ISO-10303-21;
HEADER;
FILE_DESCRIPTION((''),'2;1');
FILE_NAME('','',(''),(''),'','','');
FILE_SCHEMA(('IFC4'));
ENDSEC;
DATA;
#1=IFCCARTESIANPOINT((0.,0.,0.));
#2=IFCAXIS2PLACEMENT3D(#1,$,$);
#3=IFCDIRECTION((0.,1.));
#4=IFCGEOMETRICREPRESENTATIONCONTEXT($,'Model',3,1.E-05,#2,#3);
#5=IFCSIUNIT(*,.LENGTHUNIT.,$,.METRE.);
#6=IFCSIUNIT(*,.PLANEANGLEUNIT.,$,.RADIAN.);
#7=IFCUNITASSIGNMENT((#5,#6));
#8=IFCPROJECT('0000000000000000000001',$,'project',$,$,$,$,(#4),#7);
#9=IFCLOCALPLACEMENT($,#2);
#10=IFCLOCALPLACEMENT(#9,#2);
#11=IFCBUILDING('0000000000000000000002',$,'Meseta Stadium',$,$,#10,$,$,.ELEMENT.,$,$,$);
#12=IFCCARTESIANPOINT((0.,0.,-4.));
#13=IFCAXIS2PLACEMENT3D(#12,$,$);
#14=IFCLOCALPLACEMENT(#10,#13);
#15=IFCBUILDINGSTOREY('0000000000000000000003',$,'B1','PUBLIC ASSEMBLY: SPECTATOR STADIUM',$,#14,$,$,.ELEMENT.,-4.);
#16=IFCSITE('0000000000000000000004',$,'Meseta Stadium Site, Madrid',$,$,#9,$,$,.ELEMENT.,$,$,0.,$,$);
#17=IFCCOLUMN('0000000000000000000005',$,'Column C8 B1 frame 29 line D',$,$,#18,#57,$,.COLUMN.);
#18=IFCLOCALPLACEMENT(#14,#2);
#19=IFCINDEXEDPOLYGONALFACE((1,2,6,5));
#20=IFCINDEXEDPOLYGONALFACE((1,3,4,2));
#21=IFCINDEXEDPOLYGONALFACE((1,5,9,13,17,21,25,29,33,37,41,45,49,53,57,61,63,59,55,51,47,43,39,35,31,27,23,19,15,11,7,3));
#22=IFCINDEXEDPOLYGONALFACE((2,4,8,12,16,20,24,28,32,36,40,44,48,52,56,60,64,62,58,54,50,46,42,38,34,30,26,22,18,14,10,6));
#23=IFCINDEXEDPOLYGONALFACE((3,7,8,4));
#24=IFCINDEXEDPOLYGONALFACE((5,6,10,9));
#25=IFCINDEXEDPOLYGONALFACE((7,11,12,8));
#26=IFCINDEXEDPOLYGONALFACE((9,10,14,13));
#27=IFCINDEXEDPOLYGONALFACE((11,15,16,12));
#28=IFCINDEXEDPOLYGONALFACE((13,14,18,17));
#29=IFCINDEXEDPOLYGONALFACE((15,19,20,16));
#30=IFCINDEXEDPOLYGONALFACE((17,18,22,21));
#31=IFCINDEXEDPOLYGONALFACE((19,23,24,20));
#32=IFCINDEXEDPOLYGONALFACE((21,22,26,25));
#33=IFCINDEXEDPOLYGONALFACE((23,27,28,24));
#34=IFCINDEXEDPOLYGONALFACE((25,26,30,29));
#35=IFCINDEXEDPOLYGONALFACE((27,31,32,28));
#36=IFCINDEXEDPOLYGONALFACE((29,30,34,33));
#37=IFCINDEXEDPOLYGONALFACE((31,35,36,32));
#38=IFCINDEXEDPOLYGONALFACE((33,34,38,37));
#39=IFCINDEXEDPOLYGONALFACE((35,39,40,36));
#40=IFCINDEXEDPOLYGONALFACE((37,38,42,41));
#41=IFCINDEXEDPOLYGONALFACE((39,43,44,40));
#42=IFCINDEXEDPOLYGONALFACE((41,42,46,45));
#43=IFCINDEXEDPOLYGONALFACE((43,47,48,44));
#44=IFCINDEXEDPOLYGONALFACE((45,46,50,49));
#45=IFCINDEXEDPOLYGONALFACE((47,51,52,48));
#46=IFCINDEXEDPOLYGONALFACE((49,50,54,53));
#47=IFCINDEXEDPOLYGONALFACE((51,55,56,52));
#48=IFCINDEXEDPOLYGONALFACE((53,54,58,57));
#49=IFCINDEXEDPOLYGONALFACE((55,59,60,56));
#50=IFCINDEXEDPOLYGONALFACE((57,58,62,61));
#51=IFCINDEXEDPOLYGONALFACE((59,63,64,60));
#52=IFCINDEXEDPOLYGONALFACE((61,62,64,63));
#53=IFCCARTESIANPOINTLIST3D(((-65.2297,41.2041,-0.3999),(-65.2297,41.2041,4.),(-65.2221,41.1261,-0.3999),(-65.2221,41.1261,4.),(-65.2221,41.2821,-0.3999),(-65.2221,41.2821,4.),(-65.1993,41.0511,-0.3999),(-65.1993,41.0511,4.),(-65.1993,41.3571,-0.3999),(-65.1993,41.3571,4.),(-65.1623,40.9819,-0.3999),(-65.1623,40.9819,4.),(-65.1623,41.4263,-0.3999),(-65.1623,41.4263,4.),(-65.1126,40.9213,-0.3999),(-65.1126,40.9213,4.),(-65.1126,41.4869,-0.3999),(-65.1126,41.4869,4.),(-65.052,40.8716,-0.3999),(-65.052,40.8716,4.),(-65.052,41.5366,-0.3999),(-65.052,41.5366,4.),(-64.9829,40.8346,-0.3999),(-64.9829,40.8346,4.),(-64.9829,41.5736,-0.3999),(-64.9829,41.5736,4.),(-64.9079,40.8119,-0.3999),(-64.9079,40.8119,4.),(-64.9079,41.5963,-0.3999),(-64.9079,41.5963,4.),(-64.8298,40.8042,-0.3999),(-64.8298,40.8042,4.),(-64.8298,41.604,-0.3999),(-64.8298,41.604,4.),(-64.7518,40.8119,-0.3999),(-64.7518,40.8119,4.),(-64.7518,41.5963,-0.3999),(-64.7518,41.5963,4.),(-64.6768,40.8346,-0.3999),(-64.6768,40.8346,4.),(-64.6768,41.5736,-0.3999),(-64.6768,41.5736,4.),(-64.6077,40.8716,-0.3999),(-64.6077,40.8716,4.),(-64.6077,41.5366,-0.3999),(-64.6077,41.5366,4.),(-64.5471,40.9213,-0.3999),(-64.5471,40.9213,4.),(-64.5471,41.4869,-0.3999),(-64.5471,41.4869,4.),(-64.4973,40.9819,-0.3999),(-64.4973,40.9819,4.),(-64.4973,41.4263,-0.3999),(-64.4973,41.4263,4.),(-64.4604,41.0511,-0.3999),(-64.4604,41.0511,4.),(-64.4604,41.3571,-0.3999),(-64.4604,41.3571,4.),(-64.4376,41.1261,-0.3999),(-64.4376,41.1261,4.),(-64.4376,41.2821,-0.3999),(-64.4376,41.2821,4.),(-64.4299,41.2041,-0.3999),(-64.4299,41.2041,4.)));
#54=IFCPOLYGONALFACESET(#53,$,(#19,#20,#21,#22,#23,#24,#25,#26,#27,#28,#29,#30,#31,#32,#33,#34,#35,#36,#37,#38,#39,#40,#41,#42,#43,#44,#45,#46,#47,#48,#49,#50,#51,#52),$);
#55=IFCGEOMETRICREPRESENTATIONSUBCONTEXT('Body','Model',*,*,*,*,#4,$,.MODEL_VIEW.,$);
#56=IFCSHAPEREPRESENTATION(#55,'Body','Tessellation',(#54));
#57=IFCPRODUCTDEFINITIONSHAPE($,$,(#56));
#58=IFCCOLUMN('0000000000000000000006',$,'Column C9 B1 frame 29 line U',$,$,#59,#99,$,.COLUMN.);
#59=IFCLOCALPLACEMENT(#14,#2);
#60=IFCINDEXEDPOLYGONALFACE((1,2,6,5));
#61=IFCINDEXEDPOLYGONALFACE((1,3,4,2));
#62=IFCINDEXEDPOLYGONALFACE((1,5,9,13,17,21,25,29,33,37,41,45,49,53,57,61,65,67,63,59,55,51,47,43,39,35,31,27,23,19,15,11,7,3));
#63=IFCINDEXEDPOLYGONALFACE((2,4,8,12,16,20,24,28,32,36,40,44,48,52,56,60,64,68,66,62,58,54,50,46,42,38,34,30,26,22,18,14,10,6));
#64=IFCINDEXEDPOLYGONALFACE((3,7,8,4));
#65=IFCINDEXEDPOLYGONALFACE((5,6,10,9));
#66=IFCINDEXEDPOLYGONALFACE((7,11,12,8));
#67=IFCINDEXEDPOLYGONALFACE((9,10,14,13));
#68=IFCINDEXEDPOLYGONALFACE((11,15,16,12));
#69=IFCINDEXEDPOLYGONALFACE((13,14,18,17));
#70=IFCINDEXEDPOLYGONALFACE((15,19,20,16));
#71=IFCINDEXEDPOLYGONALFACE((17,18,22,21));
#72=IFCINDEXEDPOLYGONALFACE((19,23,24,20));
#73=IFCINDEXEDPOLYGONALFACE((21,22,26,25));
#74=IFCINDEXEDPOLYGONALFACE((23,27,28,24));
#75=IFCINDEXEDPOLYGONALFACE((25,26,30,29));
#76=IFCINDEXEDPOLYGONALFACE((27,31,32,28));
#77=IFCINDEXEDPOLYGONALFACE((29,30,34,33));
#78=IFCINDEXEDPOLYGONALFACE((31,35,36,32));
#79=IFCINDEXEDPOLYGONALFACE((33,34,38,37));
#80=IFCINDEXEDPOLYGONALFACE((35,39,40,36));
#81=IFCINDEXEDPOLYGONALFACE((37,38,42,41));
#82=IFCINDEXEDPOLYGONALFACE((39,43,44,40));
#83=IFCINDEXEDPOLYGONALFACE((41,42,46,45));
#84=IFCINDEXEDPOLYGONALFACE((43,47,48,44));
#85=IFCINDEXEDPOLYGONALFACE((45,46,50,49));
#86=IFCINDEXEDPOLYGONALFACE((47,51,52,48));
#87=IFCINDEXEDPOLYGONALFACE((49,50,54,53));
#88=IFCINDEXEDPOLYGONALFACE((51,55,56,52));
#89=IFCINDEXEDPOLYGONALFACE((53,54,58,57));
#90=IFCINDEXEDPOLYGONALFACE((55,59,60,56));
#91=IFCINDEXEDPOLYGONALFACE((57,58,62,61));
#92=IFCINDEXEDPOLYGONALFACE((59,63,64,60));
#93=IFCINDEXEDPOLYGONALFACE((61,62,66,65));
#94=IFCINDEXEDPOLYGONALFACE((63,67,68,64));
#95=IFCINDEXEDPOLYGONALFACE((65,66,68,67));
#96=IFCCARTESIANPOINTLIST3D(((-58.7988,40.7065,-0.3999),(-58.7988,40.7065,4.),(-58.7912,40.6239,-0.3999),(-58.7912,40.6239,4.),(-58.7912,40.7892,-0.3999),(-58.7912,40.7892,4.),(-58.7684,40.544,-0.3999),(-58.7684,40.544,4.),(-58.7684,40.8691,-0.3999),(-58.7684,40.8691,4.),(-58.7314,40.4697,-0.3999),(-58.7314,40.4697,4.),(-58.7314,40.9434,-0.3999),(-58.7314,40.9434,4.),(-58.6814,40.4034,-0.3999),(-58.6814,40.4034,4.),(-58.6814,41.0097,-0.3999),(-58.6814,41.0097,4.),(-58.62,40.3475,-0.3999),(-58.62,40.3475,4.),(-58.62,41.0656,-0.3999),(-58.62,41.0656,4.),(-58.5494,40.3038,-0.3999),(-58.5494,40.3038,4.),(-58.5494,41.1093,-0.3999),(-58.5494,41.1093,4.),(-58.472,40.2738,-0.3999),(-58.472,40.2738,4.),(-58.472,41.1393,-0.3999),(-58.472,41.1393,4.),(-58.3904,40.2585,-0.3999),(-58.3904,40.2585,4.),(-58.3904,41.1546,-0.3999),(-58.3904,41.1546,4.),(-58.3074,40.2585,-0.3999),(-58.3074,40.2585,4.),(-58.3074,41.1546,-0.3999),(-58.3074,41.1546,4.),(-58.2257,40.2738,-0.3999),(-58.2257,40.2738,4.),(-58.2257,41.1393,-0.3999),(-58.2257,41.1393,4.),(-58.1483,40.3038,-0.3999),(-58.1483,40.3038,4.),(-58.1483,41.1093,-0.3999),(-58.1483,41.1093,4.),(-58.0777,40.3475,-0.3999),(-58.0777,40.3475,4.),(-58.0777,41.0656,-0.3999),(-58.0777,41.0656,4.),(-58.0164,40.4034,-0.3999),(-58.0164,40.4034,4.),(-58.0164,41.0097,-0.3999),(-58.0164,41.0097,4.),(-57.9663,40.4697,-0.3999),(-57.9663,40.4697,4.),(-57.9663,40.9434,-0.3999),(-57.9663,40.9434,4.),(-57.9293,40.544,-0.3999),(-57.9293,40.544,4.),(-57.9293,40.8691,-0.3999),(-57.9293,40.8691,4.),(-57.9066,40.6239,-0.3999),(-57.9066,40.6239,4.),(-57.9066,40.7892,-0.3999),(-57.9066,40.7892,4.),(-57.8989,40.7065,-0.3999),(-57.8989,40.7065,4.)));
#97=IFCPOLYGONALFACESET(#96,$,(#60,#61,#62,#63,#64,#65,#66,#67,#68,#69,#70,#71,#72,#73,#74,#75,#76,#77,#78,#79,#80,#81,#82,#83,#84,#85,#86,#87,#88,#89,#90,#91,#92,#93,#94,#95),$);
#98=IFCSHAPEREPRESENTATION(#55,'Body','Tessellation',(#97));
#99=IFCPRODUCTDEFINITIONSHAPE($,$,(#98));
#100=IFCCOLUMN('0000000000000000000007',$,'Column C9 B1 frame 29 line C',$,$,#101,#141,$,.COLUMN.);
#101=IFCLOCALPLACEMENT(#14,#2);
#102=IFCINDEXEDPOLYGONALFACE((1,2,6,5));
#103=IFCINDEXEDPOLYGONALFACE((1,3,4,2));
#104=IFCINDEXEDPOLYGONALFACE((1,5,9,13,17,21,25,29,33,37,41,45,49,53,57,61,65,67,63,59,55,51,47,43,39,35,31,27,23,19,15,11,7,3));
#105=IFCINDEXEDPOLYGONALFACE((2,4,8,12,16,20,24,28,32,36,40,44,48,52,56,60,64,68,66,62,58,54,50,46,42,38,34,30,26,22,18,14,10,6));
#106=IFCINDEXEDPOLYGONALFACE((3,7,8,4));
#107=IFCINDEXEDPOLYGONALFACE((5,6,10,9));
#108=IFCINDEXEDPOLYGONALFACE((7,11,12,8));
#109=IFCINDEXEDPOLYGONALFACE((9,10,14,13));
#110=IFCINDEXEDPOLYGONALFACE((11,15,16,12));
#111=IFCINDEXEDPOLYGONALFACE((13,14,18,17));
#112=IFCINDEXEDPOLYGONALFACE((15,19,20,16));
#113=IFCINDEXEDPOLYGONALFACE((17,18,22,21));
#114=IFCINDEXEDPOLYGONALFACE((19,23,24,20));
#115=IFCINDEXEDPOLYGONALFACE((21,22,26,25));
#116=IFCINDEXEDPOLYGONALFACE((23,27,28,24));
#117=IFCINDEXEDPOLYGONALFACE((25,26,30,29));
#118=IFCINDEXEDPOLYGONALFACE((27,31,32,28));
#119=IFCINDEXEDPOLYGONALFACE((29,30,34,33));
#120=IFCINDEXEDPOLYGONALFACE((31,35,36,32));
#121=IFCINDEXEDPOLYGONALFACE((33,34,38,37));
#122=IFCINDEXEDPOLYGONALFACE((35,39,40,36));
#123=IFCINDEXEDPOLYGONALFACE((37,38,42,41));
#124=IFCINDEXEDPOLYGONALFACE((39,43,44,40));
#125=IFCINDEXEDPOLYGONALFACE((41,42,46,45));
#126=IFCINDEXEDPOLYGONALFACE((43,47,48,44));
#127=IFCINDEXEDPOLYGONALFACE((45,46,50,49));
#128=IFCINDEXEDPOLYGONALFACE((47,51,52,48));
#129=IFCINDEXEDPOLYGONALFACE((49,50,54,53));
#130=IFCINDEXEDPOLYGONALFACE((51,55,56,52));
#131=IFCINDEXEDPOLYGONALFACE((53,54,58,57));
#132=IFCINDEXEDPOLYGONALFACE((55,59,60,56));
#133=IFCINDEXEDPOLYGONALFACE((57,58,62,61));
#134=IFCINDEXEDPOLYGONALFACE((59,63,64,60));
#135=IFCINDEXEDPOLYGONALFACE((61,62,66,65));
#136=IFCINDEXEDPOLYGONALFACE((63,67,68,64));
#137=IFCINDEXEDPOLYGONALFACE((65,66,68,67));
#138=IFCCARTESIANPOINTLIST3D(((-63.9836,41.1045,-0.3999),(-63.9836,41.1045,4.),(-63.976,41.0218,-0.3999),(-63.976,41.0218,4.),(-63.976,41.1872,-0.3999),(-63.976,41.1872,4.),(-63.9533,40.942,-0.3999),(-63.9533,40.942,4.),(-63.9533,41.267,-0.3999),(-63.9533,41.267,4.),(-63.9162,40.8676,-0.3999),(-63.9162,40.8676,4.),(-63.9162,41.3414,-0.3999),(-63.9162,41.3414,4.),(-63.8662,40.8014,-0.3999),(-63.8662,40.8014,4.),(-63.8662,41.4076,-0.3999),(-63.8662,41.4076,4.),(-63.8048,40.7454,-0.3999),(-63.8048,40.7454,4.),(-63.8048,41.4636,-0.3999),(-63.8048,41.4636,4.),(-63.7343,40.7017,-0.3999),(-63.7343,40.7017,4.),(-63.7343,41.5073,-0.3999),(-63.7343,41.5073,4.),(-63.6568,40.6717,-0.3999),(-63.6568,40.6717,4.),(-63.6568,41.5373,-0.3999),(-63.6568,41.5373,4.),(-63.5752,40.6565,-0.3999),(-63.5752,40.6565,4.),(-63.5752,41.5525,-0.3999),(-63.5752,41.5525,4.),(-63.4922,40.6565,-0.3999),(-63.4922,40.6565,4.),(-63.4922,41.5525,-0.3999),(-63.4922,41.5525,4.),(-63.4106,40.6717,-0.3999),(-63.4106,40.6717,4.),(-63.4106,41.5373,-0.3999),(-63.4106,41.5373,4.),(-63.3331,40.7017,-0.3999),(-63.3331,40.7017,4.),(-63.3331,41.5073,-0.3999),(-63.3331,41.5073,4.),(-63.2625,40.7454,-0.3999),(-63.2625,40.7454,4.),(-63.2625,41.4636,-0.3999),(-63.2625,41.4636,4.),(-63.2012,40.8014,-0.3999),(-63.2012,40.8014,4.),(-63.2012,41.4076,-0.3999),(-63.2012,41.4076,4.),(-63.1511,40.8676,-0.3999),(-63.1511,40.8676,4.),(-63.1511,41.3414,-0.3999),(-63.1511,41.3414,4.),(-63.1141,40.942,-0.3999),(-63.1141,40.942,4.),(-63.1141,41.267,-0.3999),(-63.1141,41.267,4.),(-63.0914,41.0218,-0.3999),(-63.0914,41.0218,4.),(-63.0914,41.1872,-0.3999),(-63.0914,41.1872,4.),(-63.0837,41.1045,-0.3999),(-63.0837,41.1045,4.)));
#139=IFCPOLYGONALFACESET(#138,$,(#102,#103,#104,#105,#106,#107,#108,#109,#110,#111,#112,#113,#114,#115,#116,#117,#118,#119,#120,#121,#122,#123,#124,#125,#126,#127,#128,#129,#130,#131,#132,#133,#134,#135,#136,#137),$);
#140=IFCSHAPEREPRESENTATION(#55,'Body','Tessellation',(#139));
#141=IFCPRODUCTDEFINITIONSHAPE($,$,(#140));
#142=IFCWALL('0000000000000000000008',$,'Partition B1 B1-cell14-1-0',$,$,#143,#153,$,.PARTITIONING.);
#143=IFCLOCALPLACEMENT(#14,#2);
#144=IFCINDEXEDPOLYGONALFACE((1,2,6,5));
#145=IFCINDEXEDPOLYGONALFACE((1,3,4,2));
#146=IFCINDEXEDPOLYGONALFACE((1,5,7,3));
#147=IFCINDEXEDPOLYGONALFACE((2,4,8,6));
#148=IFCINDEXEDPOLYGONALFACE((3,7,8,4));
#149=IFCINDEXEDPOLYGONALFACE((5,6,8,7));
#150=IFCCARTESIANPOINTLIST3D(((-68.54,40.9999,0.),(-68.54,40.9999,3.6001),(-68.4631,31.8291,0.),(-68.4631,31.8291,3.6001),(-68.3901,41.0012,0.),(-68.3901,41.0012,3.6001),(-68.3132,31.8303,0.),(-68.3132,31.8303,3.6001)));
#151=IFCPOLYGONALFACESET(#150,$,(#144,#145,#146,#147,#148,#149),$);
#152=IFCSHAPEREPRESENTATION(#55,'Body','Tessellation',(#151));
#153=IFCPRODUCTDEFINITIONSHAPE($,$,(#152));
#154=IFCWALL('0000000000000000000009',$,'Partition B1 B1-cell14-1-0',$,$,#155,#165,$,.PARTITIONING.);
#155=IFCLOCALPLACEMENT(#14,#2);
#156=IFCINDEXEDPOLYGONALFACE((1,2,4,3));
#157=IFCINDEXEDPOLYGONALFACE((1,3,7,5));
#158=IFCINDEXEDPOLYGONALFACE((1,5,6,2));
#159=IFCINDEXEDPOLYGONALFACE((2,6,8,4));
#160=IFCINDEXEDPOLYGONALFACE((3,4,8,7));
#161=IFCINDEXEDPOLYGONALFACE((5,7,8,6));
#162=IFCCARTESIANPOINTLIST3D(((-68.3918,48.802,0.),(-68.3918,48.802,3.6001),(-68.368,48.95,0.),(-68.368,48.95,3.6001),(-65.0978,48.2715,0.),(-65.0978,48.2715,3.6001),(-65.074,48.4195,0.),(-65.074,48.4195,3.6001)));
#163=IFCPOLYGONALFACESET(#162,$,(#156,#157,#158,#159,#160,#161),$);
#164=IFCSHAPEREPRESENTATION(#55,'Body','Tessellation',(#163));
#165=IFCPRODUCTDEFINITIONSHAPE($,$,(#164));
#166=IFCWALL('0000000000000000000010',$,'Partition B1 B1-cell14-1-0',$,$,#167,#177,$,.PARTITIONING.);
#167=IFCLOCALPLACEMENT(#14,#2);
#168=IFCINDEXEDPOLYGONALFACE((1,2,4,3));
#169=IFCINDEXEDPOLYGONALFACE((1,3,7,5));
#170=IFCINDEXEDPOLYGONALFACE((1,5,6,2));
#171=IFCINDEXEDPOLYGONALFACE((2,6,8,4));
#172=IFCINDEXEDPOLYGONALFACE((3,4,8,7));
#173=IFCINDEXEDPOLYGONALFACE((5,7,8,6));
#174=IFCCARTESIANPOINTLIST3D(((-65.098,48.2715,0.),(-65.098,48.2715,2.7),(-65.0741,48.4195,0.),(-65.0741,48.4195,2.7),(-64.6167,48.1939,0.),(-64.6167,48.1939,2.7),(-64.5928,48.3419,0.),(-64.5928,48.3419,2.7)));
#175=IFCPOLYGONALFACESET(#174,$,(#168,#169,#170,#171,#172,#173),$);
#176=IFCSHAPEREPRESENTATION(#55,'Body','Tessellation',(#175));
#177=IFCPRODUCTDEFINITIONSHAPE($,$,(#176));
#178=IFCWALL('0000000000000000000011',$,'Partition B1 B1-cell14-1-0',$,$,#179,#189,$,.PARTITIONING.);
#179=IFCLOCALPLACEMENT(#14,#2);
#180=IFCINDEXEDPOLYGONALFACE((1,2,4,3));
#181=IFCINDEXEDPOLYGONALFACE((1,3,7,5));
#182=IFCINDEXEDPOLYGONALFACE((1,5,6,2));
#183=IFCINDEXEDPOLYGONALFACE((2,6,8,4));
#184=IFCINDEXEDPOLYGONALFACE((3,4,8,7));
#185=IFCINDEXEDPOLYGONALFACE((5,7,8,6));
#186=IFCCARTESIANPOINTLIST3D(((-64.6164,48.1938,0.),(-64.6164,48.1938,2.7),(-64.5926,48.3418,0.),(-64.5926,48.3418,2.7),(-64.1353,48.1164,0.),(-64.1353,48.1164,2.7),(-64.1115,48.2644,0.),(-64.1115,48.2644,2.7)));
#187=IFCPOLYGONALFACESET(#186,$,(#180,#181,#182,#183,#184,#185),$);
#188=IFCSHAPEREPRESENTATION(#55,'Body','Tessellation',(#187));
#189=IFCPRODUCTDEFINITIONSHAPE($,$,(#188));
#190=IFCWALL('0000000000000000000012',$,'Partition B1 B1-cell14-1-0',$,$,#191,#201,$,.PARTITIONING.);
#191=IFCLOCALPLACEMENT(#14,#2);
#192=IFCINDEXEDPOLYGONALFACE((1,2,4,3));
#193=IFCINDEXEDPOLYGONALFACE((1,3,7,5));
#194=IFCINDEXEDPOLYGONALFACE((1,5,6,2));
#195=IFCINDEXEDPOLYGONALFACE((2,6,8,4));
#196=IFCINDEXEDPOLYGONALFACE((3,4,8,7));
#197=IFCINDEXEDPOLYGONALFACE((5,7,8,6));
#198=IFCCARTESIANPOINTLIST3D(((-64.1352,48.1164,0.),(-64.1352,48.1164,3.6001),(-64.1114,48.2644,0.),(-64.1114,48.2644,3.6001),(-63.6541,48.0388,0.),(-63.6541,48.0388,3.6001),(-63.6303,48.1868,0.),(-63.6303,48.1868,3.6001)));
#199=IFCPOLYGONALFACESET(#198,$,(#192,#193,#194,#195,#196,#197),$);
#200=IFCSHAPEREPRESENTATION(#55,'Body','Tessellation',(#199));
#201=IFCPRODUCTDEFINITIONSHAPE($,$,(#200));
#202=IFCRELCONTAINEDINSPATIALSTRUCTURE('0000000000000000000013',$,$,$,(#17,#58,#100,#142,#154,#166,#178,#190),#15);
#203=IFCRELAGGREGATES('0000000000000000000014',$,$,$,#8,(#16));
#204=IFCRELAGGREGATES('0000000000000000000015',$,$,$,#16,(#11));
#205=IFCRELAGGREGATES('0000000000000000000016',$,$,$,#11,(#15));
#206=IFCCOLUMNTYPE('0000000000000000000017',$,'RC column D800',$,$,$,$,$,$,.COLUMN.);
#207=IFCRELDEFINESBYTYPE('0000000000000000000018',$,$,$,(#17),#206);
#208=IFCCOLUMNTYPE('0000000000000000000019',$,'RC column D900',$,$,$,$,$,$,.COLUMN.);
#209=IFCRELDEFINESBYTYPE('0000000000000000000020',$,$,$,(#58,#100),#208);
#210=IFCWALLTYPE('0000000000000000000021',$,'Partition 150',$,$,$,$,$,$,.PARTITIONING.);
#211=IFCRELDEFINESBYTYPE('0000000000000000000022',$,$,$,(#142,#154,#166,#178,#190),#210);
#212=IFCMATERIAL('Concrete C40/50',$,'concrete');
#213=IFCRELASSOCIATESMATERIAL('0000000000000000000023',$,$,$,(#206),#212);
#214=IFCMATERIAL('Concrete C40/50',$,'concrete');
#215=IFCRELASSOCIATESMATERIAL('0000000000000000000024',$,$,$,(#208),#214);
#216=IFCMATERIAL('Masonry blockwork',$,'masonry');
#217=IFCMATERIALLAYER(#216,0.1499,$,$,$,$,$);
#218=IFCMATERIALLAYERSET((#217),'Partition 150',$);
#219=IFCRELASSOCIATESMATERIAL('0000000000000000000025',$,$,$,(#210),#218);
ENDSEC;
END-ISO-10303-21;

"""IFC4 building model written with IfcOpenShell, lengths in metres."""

from ifc_helpers import new_model, si_unit, direction, frame, frame_2d, origin, origin_2d, place, context, subcontext, project, spatial, rectangle, circle, extrude, material, layer, layer_set, material_profile, profile_set, type_object, element, save


model = new_model("IFC4")

# Units and contexts
model_context = context("Model", 3, precision=1e-05, world=origin(), true_north=direction((0.0, 1.0)))
body_context = subcontext(model_context, "Body", "Model", "MODEL_VIEW")
ifc_project = project(units=[si_unit("LENGTHUNIT", "METRE"), si_unit("PLANEANGLEUNIT", "RADIAN")], contexts=[model_context])

# Site, building, storey
site_placement = place(None, origin())
site = spatial("IfcSite", under=ifc_project, at=site_placement, Name="Meseta Stadium Site, Madrid", CompositionType="ELEMENT", RefElevation=0.0)
building_placement = place(site_placement, origin())
building = spatial("IfcBuilding", under=site, at=building_placement, Name="Meseta Stadium", CompositionType="ELEMENT")
storey_placement = place(building_placement, frame((0.0, 0.0, -4.0)))
storey = spatial("IfcBuildingStorey", under=building, at=storey_placement, Name="B1", Description="PUBLIC ASSEMBLY: SPECTATOR STADIUM", CompositionType="ELEMENT", Elevation=-4.0)

# Columns
ifc_material_1 = material(Name="Concrete C40/50", Category="concrete")
ifc_material_profile_1 = material_profile(ifc_material_1, circle(Radius=0.3999, at=origin_2d()), Name="RC D800")
ifc_profile_set_1 = profile_set([ifc_material_profile_1], Name="Concrete C40/50")
column_type_1 = type_object("IfcColumnType", Name="RC column D800", PredefinedType="COLUMN", material=ifc_profile_set_1)
column_placement = place(storey_placement, frame((-64.8298, 41.2041, -0.3999), z_axis=(0.0, 0.0, 1.0), x_axis=(1.0, 0.0, 0.0)))
element("IfcColumn", 1, at=column_placement, inside=storey, type_object=column_type_1, Name="Column C8 B1 frame 29 line D", PredefinedType="COLUMN", context=body_context, shape_type="SweptSolid", body=[
    extrude(circle(Radius=0.3999, at=origin_2d()), origin(), (0.0, 0.0, 1.0), 4.3999),
])
ifc_material_2 = material(Name="Concrete C40/50", Category="concrete")
ifc_material_profile_2 = material_profile(ifc_material_2, circle(Radius=0.45, at=origin_2d()), Name="RC D900")
ifc_profile_set_2 = profile_set([ifc_material_profile_2], Name="Concrete C40/50")
column_type_2 = type_object("IfcColumnType", Name="RC column D900", PredefinedType="COLUMN", material=ifc_profile_set_2)
for number, where, z_axis, x_axis, name in (
    (2, (-58.3489, 40.7065, -0.3999), (0.0, 0.0, 1.0), (1.0, 0.0, 0.0), "Column C9 B1 frame 29 line U"),
    (3, (-63.5337, 41.1045, -0.3999), (0.0, 0.0, 1.0), (1.0, 0.0, 0.0), "Column C9 B1 frame 29 line C"),
):
    element("IfcColumn", number, at=place(storey_placement, frame(where, z_axis=z_axis, x_axis=x_axis)), inside=storey, type_object=column_type_2, Name=name, PredefinedType="COLUMN", context=body_context, shape_type="SweptSolid", body=[
        extrude(circle(Radius=0.45, at=origin_2d()), origin(), (0.0, 0.0, 1.0), 4.3999),
    ])

# Walls
ifc_material_3 = material(Name="Masonry blockwork", Category="masonry")
ifc_layer = layer(ifc_material_3, 0.1499)
ifc_layer_set = layer_set([ifc_layer], Name="Partition 150")
wall_type = type_object("IfcWallType", Name="Partition 150", PredefinedType="PARTITIONING", material=ifc_layer_set)
wall_1_placement = place(storey_placement, frame((-68.3882, 31.8298, 0.0), z_axis=(0.0, 0.0, 1.0), x_axis=(-0.008385, 0.999965, 0.0)))
element("IfcWall", 4, at=wall_1_placement, inside=storey, type_object=wall_type, Name="Partition B1 B1-cell14-1-0", PredefinedType="PARTITIONING", context=body_context, shape_type="SweptSolid", body=[
    extrude(rectangle(XDim=9.1711, YDim=0.1499, at=frame_2d((4.5854, 0.0))), origin(), (0.0, 0.0, 1.0), 3.6001),
])
wall_2_placement = place(storey_placement, frame((-68.3799, 48.876, 0.0), z_axis=(0.0, 0.0, 1.0), x_axis=(0.987277, -0.159009, 0.0)))
element("IfcWall", 5, at=wall_2_placement, inside=storey, type_object=wall_type, Name="Partition B1 B1-cell14-1-0", PredefinedType="PARTITIONING", context=body_context, shape_type="SweptSolid", body=[
    extrude(rectangle(XDim=3.3364, YDim=0.1499, at=frame_2d((1.6682, 0.0))), origin(), (0.0, 0.0, 1.0), 3.6001),
])
wall_3_placement = place(storey_placement, frame((-65.0859, 48.3455, 0.0), z_axis=(0.0, 0.0, 1.0), x_axis=(0.987246, -0.159201, 0.0)))
element("IfcWall", 6, at=wall_3_placement, inside=storey, type_object=wall_type, Name="Partition B1 B1-cell14-1-0", PredefinedType="PARTITIONING", context=body_context, shape_type="SweptSolid", body=[
    extrude(rectangle(XDim=0.4875, YDim=0.1499, at=frame_2d((0.2437, 0.0))), origin(), (0.0, 0.0, 1.0), 2.7),
])
wall_4_placement = place(storey_placement, frame((-64.6045, 48.2678, 0.0), z_axis=(0.0, 0.0, 1.0), x_axis=(0.987312, -0.158791, 0.0)))
element("IfcWall", 7, at=wall_4_placement, inside=storey, type_object=wall_type, Name="Partition B1 B1-cell14-1-0", PredefinedType="PARTITIONING", context=body_context, shape_type="SweptSolid", body=[
    extrude(rectangle(XDim=0.4873, YDim=0.1499, at=frame_2d((0.2437, 0.0))), origin(), (0.0, 0.0, 1.0), 2.7),
])
wall_5_placement = place(storey_placement, frame((-64.1233, 48.1904, 0.0), z_axis=(0.0, 0.0, 1.0), x_axis=(0.987233, -0.15928, 0.0)))
element("IfcWall", 8, at=wall_5_placement, inside=storey, type_object=wall_type, Name="Partition B1 B1-cell14-1-0", PredefinedType="PARTITIONING", context=body_context, shape_type="SweptSolid", body=[
    extrude(rectangle(XDim=0.4873, YDim=0.1499, at=frame_2d((0.2437, 0.0))), origin(), (0.0, 0.0, 1.0), 3.6001),
])

save(model, "model.ifc")
